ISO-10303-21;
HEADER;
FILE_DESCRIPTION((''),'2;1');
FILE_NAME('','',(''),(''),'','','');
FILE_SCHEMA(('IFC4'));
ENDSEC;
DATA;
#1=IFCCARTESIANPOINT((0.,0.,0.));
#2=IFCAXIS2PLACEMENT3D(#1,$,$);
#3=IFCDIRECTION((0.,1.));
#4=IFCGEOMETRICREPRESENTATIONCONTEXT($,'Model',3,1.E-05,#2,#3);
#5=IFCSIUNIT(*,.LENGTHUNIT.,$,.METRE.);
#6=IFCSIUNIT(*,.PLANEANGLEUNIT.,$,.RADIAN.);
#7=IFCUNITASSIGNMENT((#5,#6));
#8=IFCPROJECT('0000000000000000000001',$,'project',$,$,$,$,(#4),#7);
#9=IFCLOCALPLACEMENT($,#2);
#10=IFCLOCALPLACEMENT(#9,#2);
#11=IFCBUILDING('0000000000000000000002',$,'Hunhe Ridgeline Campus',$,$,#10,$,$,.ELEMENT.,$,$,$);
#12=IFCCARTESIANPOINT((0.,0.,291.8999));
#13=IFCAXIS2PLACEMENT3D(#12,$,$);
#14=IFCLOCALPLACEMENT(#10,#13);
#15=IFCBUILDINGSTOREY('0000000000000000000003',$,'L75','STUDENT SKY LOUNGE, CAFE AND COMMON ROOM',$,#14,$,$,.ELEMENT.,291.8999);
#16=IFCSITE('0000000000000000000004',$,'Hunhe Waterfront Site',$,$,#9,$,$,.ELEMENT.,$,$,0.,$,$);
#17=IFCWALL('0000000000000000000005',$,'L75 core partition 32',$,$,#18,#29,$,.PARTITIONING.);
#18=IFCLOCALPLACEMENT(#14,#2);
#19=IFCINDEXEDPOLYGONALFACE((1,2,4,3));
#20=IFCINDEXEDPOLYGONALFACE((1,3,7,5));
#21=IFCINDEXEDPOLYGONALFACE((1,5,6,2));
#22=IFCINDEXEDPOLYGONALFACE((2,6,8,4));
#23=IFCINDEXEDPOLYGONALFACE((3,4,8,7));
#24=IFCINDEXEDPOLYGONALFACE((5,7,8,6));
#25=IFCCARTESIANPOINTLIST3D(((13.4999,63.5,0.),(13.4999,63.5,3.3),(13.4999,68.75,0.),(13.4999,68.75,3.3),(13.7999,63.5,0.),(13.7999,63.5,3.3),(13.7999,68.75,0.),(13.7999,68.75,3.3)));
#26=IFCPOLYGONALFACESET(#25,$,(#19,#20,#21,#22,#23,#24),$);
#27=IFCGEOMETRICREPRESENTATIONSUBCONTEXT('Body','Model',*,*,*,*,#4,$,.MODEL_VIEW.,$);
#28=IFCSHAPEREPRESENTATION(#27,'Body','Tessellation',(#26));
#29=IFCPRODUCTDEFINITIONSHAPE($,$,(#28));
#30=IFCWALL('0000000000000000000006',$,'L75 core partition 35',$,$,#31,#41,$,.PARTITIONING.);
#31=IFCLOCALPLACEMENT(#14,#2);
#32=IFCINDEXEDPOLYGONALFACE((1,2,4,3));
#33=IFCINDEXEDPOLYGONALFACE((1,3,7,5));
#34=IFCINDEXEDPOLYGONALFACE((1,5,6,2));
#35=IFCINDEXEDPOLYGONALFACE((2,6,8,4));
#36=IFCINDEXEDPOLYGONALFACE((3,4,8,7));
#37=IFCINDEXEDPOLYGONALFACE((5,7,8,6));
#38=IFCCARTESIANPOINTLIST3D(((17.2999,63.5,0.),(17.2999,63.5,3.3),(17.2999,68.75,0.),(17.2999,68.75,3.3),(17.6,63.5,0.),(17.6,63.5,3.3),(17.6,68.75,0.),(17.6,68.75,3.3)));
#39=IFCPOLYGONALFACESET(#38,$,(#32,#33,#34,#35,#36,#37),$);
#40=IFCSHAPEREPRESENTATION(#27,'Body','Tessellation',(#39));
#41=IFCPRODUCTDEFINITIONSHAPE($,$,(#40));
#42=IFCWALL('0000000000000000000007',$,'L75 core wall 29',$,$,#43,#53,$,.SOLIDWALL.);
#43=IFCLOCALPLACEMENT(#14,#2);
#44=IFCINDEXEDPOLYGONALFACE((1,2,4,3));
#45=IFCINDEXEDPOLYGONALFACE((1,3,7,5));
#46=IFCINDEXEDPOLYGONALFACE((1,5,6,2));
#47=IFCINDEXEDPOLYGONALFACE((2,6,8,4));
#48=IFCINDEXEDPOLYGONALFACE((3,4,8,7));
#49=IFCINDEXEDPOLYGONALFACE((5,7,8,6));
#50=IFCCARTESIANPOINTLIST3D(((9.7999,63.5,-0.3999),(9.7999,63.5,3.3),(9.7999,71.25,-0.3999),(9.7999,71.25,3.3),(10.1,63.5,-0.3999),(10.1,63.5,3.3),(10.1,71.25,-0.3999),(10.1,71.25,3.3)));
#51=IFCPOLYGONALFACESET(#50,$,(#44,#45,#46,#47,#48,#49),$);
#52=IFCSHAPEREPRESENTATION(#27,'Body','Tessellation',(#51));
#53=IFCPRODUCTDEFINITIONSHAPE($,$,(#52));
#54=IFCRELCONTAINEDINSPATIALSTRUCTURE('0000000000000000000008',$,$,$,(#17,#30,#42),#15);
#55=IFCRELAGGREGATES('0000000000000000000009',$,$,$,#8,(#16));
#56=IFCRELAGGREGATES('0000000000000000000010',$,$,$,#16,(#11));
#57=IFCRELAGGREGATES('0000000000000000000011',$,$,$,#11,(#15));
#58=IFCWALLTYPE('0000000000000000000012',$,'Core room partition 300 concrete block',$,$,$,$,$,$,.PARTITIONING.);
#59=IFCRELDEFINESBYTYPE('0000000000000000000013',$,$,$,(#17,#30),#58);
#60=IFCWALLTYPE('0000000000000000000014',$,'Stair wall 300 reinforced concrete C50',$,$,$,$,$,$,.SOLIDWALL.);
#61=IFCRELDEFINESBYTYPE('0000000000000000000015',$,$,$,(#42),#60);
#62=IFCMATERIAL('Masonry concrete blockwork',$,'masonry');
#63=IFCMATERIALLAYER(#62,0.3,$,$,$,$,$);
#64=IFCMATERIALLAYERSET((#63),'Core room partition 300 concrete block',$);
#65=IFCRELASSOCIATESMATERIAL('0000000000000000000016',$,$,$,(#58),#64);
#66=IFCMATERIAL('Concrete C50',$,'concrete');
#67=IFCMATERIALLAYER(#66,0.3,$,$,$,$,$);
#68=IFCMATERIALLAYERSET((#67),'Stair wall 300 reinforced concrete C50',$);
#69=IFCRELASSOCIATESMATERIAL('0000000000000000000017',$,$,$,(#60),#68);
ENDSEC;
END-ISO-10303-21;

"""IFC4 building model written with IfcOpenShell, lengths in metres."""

from ifc_helpers import new_model, si_unit, direction, frame, frame_2d, origin, place, context, subcontext, project, spatial, rectangle, extrude, material, layer, layer_set, type_object, element, save


model = new_model("IFC4")

# Units and contexts
model_context = context("Model", 3, precision=1e-05, world=origin(), true_north=direction((0.0, 1.0)))
body_context = subcontext(model_context, "Body", "Model", "MODEL_VIEW")
ifc_project = project(units=[si_unit("LENGTHUNIT", "METRE"), si_unit("PLANEANGLEUNIT", "RADIAN")], contexts=[model_context])

# Site, building, storey
site_placement = place(None, origin())
site = spatial("IfcSite", under=ifc_project, at=site_placement, Name="Hunhe Waterfront Site", CompositionType="ELEMENT", RefElevation=0.0)
building_placement = place(site_placement, origin())
building = spatial("IfcBuilding", under=site, at=building_placement, Name="Hunhe Ridgeline Campus", CompositionType="ELEMENT")
storey_placement = place(building_placement, frame((0.0, 0.0, 291.8999)))
storey = spatial("IfcBuildingStorey", under=building, at=storey_placement, Name="L75", Description="STUDENT SKY LOUNGE, CAFE AND COMMON ROOM", CompositionType="ELEMENT", Elevation=291.8999)

# Shared definitions
ifc_material_1 = material(Name="Masonry concrete blockwork", Category="masonry")
ifc_layer_1 = layer(ifc_material_1, 0.3)
ifc_layer_set_1 = layer_set([ifc_layer_1], Name="Core room partition 300 concrete block")
wall_type_1 = type_object("IfcWallType", Name="Core room partition 300 concrete block", PredefinedType="PARTITIONING", material=ifc_layer_set_1)

# Walls
for number, where, z_axis, x_axis, name in (
    (1, (13.6499, 63.5, 0.0), (0.0, 0.0, 1.0), (0.0, 1.0, 0.0), "L75 core partition 32"),
    (2, (17.45, 63.5, 0.0), (0.0, 0.0, 1.0), (0.0, 1.0, 0.0), "L75 core partition 35"),
):
    element("IfcWall", number, at=place(storey_placement, frame(where, z_axis=z_axis, x_axis=x_axis)), inside=storey, type_object=wall_type_1, Name=name, PredefinedType="PARTITIONING", context=body_context, shape_type="SweptSolid", body=[
        extrude(rectangle(XDim=5.25, YDim=0.3, at=frame_2d((2.625, 0.0))), origin(), (0.0, 0.0, 1.0), 3.3),
    ])

# Wall
ifc_material_2 = material(Name="Concrete C50", Category="concrete")
ifc_layer_2 = layer(ifc_material_2, 0.3)
ifc_layer_set_2 = layer_set([ifc_layer_2], Name="Stair wall 300 reinforced concrete C50")
wall_type_2 = type_object("IfcWallType", Name="Stair wall 300 reinforced concrete C50", PredefinedType="SOLIDWALL", material=ifc_layer_set_2)
wall_1_placement = place(storey_placement, frame((9.95, 63.5, -0.3999), z_axis=(0.0, 0.0, 1.0), x_axis=(0.0, 1.0, 0.0)))
element("IfcWall", 3, at=wall_1_placement, inside=storey, type_object=wall_type_2, Name="L75 core wall 29", PredefinedType="SOLIDWALL", context=body_context, shape_type="SweptSolid", body=[
    extrude(rectangle(XDim=7.75, YDim=0.3, at=frame_2d((3.875, 0.0))), origin(), (0.0, 0.0, 1.0), 3.7),
])

save(model, "model.ifc")
